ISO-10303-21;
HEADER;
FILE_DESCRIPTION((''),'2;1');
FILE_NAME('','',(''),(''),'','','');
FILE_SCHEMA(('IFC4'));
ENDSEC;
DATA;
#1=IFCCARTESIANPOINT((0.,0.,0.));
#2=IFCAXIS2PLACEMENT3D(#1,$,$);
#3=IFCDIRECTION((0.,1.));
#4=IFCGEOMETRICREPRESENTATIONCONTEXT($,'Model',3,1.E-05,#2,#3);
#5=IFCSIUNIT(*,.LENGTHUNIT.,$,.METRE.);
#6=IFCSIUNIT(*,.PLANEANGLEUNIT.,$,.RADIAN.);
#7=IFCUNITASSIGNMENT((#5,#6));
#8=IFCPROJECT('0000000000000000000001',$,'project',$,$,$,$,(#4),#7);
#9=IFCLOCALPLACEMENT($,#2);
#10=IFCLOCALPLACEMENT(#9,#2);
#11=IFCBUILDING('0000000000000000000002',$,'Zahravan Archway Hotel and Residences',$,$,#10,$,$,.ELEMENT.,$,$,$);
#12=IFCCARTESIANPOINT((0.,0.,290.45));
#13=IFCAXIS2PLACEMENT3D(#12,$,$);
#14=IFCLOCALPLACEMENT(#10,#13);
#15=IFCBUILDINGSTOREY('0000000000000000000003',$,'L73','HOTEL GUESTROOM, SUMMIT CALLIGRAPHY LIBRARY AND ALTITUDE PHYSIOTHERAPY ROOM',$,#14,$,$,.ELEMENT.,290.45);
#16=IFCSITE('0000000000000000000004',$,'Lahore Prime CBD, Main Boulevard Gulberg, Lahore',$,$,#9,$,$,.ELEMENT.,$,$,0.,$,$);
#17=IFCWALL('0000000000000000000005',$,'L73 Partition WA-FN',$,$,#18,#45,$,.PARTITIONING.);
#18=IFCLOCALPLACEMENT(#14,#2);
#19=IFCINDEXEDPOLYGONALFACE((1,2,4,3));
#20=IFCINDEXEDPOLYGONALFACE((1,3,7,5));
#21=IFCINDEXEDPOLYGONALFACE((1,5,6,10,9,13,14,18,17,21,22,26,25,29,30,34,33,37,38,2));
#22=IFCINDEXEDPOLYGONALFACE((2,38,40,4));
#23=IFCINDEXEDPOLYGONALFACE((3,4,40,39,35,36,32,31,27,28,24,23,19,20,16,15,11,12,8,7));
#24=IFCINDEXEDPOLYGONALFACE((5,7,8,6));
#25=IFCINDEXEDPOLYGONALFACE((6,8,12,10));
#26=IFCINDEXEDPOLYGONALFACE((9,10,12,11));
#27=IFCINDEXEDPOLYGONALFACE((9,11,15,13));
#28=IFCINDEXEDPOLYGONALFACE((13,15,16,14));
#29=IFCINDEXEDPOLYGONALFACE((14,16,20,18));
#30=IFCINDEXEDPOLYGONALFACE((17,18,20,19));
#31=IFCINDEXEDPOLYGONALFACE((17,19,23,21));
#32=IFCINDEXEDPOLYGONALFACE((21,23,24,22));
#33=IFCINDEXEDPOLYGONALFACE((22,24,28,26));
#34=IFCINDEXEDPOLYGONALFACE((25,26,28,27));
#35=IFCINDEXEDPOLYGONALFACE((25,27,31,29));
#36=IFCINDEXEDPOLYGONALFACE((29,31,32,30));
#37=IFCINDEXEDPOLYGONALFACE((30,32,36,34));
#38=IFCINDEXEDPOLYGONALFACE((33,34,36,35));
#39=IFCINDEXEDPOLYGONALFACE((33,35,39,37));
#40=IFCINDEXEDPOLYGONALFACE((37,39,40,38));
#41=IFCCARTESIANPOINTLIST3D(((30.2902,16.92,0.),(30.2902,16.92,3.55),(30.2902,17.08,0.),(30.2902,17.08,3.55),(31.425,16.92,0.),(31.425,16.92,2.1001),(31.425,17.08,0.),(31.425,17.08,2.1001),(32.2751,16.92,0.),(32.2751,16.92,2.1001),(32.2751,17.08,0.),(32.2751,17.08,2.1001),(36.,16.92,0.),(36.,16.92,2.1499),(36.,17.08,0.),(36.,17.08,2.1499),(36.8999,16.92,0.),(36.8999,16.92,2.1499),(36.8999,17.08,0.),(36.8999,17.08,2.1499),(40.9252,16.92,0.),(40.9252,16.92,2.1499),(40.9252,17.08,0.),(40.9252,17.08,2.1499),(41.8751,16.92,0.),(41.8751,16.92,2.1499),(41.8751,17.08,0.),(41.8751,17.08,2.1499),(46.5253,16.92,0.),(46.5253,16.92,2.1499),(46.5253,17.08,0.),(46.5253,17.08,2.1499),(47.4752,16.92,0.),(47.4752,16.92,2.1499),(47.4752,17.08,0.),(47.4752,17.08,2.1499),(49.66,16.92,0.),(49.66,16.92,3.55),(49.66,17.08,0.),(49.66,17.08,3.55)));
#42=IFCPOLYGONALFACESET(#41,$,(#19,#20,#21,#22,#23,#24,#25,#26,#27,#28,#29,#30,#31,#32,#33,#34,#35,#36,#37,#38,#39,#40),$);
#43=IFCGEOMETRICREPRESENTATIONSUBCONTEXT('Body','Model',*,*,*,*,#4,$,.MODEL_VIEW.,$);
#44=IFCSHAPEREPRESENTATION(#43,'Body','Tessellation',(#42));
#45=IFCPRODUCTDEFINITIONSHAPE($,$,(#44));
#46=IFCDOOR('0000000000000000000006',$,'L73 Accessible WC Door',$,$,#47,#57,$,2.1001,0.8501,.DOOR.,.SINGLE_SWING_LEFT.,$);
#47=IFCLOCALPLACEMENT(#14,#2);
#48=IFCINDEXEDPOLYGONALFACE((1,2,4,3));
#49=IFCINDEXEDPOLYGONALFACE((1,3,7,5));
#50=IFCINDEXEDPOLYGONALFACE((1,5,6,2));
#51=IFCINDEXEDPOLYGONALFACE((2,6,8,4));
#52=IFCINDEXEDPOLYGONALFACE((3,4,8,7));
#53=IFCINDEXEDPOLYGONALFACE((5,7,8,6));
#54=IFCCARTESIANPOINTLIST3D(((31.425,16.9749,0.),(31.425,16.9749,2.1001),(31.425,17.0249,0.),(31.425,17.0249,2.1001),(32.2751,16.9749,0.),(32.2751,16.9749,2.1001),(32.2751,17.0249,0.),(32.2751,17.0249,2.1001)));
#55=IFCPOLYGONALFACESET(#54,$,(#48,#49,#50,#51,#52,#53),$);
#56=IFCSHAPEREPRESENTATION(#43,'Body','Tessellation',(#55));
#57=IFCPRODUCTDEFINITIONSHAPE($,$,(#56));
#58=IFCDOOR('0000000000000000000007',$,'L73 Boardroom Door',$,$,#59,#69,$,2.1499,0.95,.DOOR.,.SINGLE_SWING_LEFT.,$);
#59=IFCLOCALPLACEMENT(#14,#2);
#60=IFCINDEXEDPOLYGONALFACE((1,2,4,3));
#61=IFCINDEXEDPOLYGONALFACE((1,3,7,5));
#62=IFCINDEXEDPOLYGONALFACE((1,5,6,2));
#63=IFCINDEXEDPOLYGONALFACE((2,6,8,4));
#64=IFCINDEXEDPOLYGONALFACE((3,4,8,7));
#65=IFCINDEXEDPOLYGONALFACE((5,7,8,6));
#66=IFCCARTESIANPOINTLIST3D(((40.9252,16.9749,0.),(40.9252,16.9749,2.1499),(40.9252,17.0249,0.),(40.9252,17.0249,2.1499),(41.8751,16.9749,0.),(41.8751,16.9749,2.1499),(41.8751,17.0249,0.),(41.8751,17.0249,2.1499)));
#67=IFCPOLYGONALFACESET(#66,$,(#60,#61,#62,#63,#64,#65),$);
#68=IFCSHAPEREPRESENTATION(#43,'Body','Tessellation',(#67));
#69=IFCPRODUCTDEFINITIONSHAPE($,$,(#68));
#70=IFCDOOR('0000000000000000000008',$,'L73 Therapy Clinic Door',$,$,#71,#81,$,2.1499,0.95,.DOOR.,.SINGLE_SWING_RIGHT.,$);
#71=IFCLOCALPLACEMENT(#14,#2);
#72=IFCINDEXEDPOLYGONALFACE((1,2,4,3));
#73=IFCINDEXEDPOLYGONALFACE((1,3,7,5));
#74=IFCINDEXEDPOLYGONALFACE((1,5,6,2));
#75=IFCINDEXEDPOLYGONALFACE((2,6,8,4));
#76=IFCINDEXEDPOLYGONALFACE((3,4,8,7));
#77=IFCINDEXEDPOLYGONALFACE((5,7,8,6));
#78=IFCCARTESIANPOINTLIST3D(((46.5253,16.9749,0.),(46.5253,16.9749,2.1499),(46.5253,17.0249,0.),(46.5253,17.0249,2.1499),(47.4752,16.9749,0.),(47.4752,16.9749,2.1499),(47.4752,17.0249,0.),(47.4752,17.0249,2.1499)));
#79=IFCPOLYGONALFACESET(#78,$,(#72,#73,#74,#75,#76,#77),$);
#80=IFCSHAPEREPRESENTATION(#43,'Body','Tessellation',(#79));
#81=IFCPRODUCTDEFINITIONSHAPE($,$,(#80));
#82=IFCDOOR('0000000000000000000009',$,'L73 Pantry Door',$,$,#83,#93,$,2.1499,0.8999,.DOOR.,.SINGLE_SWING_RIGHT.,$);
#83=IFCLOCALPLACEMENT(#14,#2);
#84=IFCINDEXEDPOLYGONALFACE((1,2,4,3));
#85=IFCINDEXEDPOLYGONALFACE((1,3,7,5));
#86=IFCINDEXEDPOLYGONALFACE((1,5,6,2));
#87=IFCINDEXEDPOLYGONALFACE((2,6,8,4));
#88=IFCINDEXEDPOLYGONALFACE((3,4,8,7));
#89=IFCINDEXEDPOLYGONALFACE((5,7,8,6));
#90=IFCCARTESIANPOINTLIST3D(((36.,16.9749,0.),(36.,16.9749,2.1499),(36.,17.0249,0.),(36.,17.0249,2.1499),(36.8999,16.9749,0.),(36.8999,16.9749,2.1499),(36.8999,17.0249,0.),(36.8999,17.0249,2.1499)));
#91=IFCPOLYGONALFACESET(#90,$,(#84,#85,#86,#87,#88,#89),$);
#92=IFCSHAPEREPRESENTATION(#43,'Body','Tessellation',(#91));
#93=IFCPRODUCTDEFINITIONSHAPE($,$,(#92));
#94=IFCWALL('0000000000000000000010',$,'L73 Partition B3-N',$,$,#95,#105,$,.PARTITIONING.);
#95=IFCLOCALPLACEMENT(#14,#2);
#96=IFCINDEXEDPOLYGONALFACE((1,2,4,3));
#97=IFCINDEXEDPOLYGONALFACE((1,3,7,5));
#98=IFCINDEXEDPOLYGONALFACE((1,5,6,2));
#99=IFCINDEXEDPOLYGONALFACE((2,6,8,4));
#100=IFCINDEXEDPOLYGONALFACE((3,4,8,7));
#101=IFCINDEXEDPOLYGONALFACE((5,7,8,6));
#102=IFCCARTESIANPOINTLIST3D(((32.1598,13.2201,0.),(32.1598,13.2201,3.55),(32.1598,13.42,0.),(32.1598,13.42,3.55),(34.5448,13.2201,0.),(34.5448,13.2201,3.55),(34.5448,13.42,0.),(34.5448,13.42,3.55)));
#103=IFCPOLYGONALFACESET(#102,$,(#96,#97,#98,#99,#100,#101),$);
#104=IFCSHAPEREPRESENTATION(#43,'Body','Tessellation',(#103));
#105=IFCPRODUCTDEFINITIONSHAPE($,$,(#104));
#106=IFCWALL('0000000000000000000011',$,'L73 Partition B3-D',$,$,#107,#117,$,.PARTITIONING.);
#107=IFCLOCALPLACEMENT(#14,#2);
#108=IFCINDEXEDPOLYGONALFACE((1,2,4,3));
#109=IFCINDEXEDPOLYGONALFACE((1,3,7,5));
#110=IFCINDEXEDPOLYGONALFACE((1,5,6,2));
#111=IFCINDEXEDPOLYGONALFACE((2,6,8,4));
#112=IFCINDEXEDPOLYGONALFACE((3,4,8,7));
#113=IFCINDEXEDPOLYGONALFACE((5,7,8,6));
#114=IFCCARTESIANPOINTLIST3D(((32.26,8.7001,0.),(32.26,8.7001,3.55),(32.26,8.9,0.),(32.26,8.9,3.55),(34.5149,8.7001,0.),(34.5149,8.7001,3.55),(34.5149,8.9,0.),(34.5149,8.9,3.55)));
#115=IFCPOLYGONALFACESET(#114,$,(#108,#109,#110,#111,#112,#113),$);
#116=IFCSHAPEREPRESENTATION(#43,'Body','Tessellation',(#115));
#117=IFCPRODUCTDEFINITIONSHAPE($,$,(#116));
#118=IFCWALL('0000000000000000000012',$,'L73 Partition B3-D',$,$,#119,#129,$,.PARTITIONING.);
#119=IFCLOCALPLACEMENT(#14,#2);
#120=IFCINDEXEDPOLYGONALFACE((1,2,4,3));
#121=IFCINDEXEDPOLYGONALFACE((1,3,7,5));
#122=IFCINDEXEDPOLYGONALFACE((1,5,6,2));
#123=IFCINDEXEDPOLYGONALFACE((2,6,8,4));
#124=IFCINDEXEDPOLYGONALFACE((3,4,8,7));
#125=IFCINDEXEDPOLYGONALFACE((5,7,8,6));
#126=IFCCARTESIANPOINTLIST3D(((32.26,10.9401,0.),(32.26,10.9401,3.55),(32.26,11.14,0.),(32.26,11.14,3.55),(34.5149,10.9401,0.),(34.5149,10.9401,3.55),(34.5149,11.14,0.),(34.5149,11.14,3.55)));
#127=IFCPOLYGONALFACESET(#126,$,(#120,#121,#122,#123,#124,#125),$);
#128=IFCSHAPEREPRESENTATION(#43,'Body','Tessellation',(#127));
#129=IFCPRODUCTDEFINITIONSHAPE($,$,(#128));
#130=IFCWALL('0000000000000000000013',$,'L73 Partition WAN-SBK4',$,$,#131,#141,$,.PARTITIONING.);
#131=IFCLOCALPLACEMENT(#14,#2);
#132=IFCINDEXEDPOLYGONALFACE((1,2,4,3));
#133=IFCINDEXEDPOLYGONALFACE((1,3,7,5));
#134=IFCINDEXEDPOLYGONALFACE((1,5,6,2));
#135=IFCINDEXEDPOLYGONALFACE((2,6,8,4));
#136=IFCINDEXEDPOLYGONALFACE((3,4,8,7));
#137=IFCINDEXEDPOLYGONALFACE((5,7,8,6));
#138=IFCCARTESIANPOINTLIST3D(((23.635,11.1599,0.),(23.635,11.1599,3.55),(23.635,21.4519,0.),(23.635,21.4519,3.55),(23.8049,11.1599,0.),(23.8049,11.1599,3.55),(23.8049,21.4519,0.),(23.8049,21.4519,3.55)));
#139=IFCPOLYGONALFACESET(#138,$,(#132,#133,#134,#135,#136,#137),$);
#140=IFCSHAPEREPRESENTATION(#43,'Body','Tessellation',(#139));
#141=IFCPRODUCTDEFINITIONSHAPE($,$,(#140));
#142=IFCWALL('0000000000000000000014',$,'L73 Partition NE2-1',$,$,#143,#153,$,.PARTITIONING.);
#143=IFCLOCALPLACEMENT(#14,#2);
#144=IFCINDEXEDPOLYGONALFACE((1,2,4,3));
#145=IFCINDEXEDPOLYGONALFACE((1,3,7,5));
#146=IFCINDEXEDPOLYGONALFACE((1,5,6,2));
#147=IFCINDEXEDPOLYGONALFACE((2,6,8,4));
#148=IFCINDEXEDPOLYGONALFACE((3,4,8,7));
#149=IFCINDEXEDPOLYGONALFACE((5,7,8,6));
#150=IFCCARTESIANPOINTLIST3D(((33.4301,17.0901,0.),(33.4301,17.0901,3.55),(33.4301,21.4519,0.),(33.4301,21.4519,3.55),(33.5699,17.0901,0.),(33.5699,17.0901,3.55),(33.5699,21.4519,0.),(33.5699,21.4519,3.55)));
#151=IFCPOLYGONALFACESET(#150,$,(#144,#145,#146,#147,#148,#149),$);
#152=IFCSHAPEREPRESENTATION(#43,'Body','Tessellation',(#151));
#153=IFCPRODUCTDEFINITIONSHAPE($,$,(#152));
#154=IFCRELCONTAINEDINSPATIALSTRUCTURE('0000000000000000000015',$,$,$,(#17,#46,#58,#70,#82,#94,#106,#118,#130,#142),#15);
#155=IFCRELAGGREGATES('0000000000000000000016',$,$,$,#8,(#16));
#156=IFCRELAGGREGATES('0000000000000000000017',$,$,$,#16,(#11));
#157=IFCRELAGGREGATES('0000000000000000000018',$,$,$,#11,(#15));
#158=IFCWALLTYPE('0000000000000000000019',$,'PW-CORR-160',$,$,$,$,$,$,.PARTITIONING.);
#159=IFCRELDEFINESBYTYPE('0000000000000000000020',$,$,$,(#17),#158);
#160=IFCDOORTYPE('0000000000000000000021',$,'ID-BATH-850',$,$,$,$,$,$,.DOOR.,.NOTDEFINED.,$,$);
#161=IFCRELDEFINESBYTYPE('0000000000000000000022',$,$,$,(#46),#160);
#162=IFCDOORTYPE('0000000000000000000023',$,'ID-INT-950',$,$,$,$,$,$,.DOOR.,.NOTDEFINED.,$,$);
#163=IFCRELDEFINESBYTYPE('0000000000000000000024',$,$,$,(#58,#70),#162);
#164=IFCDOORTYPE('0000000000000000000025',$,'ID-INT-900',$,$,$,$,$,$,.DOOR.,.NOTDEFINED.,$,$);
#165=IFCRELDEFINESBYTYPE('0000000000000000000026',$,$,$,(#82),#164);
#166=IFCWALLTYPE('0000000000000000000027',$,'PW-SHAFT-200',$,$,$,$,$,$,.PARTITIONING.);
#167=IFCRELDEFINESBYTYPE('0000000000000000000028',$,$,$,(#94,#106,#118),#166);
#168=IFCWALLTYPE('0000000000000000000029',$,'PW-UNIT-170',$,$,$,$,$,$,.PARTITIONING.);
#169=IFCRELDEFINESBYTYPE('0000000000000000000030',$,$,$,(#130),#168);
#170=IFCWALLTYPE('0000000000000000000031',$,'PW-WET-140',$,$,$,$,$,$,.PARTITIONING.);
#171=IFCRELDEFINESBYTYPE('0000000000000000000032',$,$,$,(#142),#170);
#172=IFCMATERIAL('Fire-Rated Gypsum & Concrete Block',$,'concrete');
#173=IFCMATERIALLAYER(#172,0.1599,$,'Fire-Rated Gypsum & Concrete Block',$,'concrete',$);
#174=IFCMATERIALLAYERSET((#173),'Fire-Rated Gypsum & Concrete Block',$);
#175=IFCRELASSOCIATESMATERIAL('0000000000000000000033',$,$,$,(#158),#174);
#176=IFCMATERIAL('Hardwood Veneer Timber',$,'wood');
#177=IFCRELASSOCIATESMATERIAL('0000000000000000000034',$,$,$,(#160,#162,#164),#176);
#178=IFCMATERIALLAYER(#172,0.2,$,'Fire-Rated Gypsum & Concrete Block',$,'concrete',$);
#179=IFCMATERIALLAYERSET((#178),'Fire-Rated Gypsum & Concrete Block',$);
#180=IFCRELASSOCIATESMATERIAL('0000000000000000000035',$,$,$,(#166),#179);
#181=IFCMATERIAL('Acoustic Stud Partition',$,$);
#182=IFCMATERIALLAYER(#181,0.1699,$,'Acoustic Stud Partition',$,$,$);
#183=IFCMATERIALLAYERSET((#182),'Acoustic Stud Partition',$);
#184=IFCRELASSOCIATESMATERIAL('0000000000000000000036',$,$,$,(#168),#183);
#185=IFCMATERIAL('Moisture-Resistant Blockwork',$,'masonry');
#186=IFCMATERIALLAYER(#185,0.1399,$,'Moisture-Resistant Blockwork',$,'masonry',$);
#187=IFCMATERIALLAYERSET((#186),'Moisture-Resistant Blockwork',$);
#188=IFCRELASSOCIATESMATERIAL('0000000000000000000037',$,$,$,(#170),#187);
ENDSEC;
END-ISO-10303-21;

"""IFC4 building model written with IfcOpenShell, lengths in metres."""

from ifc_helpers import new_model, si_unit, direction, frame, frame_2d, origin, place, context, subcontext, project, spatial, rectangle, extrude, source, transform, mapped, material, layer, layer_set, type_object, type_shapes, element, fill, save


model = new_model("IFC4")

# Units and contexts
model_context = context("Model", 3, precision=1e-05, world=origin(), true_north=direction((0.0, 1.0)))
body_context = subcontext(model_context, "Body", "Model", "MODEL_VIEW")
ifc_project = project(units=[si_unit("LENGTHUNIT", "METRE"), si_unit("PLANEANGLEUNIT", "RADIAN")], contexts=[model_context])

# Site, building, storey
site_placement = place(None, origin())
site = spatial("IfcSite", under=ifc_project, at=site_placement, Name="Lahore Prime CBD, Main Boulevard Gulberg, Lahore", CompositionType="ELEMENT", RefElevation=0.0)
building_placement = place(site_placement, origin())
building = spatial("IfcBuilding", under=site, at=building_placement, Name="Zahravan Archway Hotel and Residences", CompositionType="ELEMENT")
storey_placement = place(building_placement, frame((0.0, 0.0, 290.45)))
storey = spatial("IfcBuildingStorey", under=building, at=storey_placement, Name="L73", Description="HOTEL GUESTROOM, SUMMIT CALLIGRAPHY LIBRARY AND ALTITUDE PHYSIOTHERAPY ROOM", CompositionType="ELEMENT", Elevation=290.45)

# Shared definitions
ifc_material_1 = material(Name="Fire-Rated Gypsum & Concrete Block", Category="concrete")
ifc_layer_1 = layer(ifc_material_1, 0.1599, Name="Fire-Rated Gypsum & Concrete Block", Category="concrete")
ifc_layer_set_1 = layer_set([ifc_layer_1], Name="Fire-Rated Gypsum & Concrete Block")
wall_type_1 = type_object("IfcWallType", Name="PW-CORR-160", PredefinedType="PARTITIONING", material=ifc_layer_set_1)

# Wall, openings, doors
wall_1_placement = place(storey_placement, frame((30.29, 17.0, 0.0), z_axis=(0.0, 0.0, 1.0), x_axis=(1.0, 0.0, 0.0)))
wall_1 = element("IfcWall", 1, at=wall_1_placement, inside=storey, type_object=wall_type_1, Name="L73 Partition WA-FN", PredefinedType="PARTITIONING", context=body_context, shape_type="SweptSolid", body=[
    extrude(rectangle(XDim=19.3699, YDim=0.1599, at=frame_2d((9.6851, 0.0))), origin(), (0.0, 0.0, 1.0), 3.55),
])
opening_1_placement = place(wall_1_placement, frame((1.135, 0.0, 0.0)))
opening_1 = element("IfcOpeningElement", 2, at=opening_1_placement, cuts=wall_1, PredefinedType="OPENING", context=body_context, shape_type="SweptSolid", body=[
    extrude(rectangle(XDim=0.8501, YDim=2.1001, at=frame_2d((0.425, 1.05))), frame((0.0, 0.0898, 0.0), z_axis=(0.0, -1.0, 0.0), x_axis=(1.0, 0.0, 0.0)), (0.0, 0.0, 1.0), 0.1799),
])
opening_2_placement = place(wall_1_placement, frame((5.71, 0.0, 0.0)))
opening_2 = element("IfcOpeningElement", 3, at=opening_2_placement, cuts=wall_1, PredefinedType="OPENING", context=body_context, shape_type="SweptSolid", body=[
    extrude(rectangle(XDim=0.8999, YDim=2.1499, at=frame_2d((0.45, 1.075))), frame((0.0, 0.0898, 0.0), z_axis=(0.0, -1.0, 0.0), x_axis=(1.0, 0.0, 0.0)), (0.0, 0.0, 1.0), 0.1799),
])
opening_3_placement = place(wall_1_placement, frame((10.635, 0.0, 0.0)))
opening_3 = element("IfcOpeningElement", 4, at=opening_3_placement, cuts=wall_1, PredefinedType="OPENING", context=body_context, shape_type="SweptSolid", body=[
    extrude(rectangle(XDim=0.95, YDim=2.1499, at=frame_2d((0.4751, 1.075))), frame((0.0, 0.0898, 0.0), z_axis=(0.0, -1.0, 0.0), x_axis=(1.0, 0.0, 0.0)), (0.0, 0.0, 1.0), 0.1799),
])
opening_4_placement = place(wall_1_placement, frame((16.2351, 0.0, 0.0)))
opening_4 = element("IfcOpeningElement", 5, at=opening_4_placement, cuts=wall_1, PredefinedType="OPENING", context=body_context, shape_type="SweptSolid", body=[
    extrude(rectangle(XDim=0.95, YDim=2.1499, at=frame_2d((0.4751, 1.075))), frame((0.0, 0.0898, 0.0), z_axis=(0.0, -1.0, 0.0), x_axis=(1.0, 0.0, 0.0)), (0.0, 0.0, 1.0), 0.1799),
])
ifc_material_2 = material(Name="Hardwood Veneer Timber", Category="wood")
door_type_1 = type_object("IfcDoorType", Name="ID-BATH-850", OperationType="NOTDEFINED", PredefinedType="DOOR", material=ifc_material_2)
shared_shape_1 = source(origin(), body_context, "Body", "SweptSolid", [
    extrude(rectangle(XDim=0.8501, YDim=2.1001, at=frame_2d((0.425, 1.05))), frame((0.0, 0.0249, 0.0), z_axis=(0.0, -1.0, 0.0), x_axis=(1.0, 0.0, 0.0)), (0.0, 0.0, 1.0), 0.05),
])
type_shapes(door_type_1, [shared_shape_1])
door_1_placement = place(opening_1_placement, origin())
door_1 = element("IfcDoor", 6, at=door_1_placement, inside=storey, type_object=door_type_1, Name="L73 Accessible WC Door", OperationType="SINGLE_SWING_LEFT", OverallHeight=2.1001, OverallWidth=0.8501, PredefinedType="DOOR", context=body_context, shape_type="MappedRepresentation", body=[
    mapped(shared_shape_1, transform((0.0, 0.0, 0.0), scale=1.0)),
])
fill(opening_1, door_1)
door_type_2 = type_object("IfcDoorType", Name="ID-INT-950", OperationType="NOTDEFINED", PredefinedType="DOOR", material=ifc_material_2)
shared_shape_2 = source(origin(), body_context, "Body", "SweptSolid", [
    extrude(rectangle(XDim=0.95, YDim=2.1499, at=frame_2d((0.4751, 1.075))), frame((0.0, 0.0249, 0.0), z_axis=(0.0, -1.0, 0.0), x_axis=(1.0, 0.0, 0.0)), (0.0, 0.0, 1.0), 0.05),
])
type_shapes(door_type_2, [shared_shape_2])
door_2_placement = place(opening_3_placement, origin())
door_2 = element("IfcDoor", 7, at=door_2_placement, inside=storey, type_object=door_type_2, Name="L73 Boardroom Door", OperationType="SINGLE_SWING_LEFT", OverallHeight=2.1499, OverallWidth=0.95, PredefinedType="DOOR", context=body_context, shape_type="MappedRepresentation", body=[
    mapped(shared_shape_2, transform((0.0, 0.0, 0.0), scale=1.0)),
])
fill(opening_3, door_2)
door_3_placement = place(opening_4_placement, origin())
door_3 = element("IfcDoor", 8, at=door_3_placement, inside=storey, type_object=door_type_2, Name="L73 Therapy Clinic Door", OperationType="SINGLE_SWING_RIGHT", OverallHeight=2.1499, OverallWidth=0.95, PredefinedType="DOOR", context=body_context, shape_type="MappedRepresentation", body=[
    mapped(shared_shape_2, transform((0.0, 0.0, 0.0), scale=1.0)),
])
fill(opening_4, door_3)
door_type_3 = type_object("IfcDoorType", Name="ID-INT-900", OperationType="NOTDEFINED", PredefinedType="DOOR", material=ifc_material_2)
shared_shape_3 = source(origin(), body_context, "Body", "SweptSolid", [
    extrude(rectangle(XDim=0.8999, YDim=2.1499, at=frame_2d((0.45, 1.075))), frame((0.0, 0.0249, 0.0), z_axis=(0.0, -1.0, 0.0), x_axis=(1.0, 0.0, 0.0)), (0.0, 0.0, 1.0), 0.05),
])
type_shapes(door_type_3, [shared_shape_3])
door_4_placement = place(opening_2_placement, origin())
door_4 = element("IfcDoor", 9, at=door_4_placement, inside=storey, type_object=door_type_3, Name="L73 Pantry Door", OperationType="SINGLE_SWING_RIGHT", OverallHeight=2.1499, OverallWidth=0.8999, PredefinedType="DOOR", context=body_context, shape_type="MappedRepresentation", body=[
    mapped(shared_shape_3, transform((0.0, 0.0, 0.0), scale=1.0)),
])
fill(opening_2, door_4)

# Walls
ifc_layer_2 = layer(ifc_material_1, 0.2, Name="Fire-Rated Gypsum & Concrete Block", Category="concrete")
ifc_layer_set_2 = layer_set([ifc_layer_2], Name="Fire-Rated Gypsum & Concrete Block")
wall_type_2 = type_object("IfcWallType", Name="PW-SHAFT-200", PredefinedType="PARTITIONING", material=ifc_layer_set_2)
wall_2_placement = place(storey_placement, frame((32.1599, 13.3201, 0.0), z_axis=(0.0, 0.0, 1.0), x_axis=(1.0, 0.0, 0.0)))
element("IfcWall", 10, at=wall_2_placement, inside=storey, type_object=wall_type_2, Name="L73 Partition B3-N", PredefinedType="PARTITIONING", context=body_context, shape_type="SweptSolid", body=[
    extrude(rectangle(XDim=2.385, YDim=0.2, at=frame_2d((1.1924, 0.0))), origin(), (0.0, 0.0, 1.0), 3.55),
])
for number, where, z_axis, x_axis, name in (
    (11, (32.26, 8.8, 0.0), (0.0, 0.0, 1.0), (1.0, 0.0, 0.0), "L73 Partition B3-D"),
    (12, (32.26, 11.04, 0.0), (0.0, 0.0, 1.0), (1.0, 0.0, 0.0), "L73 Partition B3-D"),
):
    element("IfcWall", number, at=place(storey_placement, frame(where, z_axis=z_axis, x_axis=x_axis)), inside=storey, type_object=wall_type_2, Name=name, PredefinedType="PARTITIONING", context=body_context, shape_type="SweptSolid", body=[
        extrude(rectangle(XDim=2.2549, YDim=0.2, at=frame_2d((1.1274, 0.0))), origin(), (0.0, 0.0, 1.0), 3.55),
    ])
ifc_material_3 = material(Name="Acoustic Stud Partition")
ifc_layer_3 = layer(ifc_material_3, 0.1699, Name="Acoustic Stud Partition")
ifc_layer_set_3 = layer_set([ifc_layer_3], Name="Acoustic Stud Partition")
wall_type_3 = type_object("IfcWallType", Name="PW-UNIT-170", PredefinedType="PARTITIONING", material=ifc_layer_set_3)
wall_3_placement = place(storey_placement, frame((23.72, 11.1599, 0.0), z_axis=(0.0, 0.0, 1.0), x_axis=(0.0, 1.0, 0.0)))
element("IfcWall", 13, at=wall_3_placement, inside=storey, type_object=wall_type_3, Name="L73 Partition WAN-SBK4", PredefinedType="PARTITIONING", context=body_context, shape_type="SweptSolid", body=[
    extrude(rectangle(XDim=10.292, YDim=0.1699, at=frame_2d((5.146, 0.0))), origin(), (0.0, 0.0, 1.0), 3.55),
])
ifc_material_4 = material(Name="Moisture-Resistant Blockwork", Category="masonry")
ifc_layer_4 = layer(ifc_material_4, 0.1399, Name="Moisture-Resistant Blockwork", Category="masonry")
ifc_layer_set_4 = layer_set([ifc_layer_4], Name="Moisture-Resistant Blockwork")
wall_type_4 = type_object("IfcWallType", Name="PW-WET-140", PredefinedType="PARTITIONING", material=ifc_layer_set_4)
wall_4_placement = place(storey_placement, frame((33.5, 17.0901, 0.0), z_axis=(0.0, 0.0, 1.0), x_axis=(0.0, 1.0, 0.0)))
element("IfcWall", 14, at=wall_4_placement, inside=storey, type_object=wall_type_4, Name="L73 Partition NE2-1", PredefinedType="PARTITIONING", context=body_context, shape_type="SweptSolid", body=[
    extrude(rectangle(XDim=4.3618, YDim=0.1399, at=frame_2d((2.1809, 0.0))), origin(), (0.0, 0.0, 1.0), 3.55),
])

save(model, "model.ifc")
